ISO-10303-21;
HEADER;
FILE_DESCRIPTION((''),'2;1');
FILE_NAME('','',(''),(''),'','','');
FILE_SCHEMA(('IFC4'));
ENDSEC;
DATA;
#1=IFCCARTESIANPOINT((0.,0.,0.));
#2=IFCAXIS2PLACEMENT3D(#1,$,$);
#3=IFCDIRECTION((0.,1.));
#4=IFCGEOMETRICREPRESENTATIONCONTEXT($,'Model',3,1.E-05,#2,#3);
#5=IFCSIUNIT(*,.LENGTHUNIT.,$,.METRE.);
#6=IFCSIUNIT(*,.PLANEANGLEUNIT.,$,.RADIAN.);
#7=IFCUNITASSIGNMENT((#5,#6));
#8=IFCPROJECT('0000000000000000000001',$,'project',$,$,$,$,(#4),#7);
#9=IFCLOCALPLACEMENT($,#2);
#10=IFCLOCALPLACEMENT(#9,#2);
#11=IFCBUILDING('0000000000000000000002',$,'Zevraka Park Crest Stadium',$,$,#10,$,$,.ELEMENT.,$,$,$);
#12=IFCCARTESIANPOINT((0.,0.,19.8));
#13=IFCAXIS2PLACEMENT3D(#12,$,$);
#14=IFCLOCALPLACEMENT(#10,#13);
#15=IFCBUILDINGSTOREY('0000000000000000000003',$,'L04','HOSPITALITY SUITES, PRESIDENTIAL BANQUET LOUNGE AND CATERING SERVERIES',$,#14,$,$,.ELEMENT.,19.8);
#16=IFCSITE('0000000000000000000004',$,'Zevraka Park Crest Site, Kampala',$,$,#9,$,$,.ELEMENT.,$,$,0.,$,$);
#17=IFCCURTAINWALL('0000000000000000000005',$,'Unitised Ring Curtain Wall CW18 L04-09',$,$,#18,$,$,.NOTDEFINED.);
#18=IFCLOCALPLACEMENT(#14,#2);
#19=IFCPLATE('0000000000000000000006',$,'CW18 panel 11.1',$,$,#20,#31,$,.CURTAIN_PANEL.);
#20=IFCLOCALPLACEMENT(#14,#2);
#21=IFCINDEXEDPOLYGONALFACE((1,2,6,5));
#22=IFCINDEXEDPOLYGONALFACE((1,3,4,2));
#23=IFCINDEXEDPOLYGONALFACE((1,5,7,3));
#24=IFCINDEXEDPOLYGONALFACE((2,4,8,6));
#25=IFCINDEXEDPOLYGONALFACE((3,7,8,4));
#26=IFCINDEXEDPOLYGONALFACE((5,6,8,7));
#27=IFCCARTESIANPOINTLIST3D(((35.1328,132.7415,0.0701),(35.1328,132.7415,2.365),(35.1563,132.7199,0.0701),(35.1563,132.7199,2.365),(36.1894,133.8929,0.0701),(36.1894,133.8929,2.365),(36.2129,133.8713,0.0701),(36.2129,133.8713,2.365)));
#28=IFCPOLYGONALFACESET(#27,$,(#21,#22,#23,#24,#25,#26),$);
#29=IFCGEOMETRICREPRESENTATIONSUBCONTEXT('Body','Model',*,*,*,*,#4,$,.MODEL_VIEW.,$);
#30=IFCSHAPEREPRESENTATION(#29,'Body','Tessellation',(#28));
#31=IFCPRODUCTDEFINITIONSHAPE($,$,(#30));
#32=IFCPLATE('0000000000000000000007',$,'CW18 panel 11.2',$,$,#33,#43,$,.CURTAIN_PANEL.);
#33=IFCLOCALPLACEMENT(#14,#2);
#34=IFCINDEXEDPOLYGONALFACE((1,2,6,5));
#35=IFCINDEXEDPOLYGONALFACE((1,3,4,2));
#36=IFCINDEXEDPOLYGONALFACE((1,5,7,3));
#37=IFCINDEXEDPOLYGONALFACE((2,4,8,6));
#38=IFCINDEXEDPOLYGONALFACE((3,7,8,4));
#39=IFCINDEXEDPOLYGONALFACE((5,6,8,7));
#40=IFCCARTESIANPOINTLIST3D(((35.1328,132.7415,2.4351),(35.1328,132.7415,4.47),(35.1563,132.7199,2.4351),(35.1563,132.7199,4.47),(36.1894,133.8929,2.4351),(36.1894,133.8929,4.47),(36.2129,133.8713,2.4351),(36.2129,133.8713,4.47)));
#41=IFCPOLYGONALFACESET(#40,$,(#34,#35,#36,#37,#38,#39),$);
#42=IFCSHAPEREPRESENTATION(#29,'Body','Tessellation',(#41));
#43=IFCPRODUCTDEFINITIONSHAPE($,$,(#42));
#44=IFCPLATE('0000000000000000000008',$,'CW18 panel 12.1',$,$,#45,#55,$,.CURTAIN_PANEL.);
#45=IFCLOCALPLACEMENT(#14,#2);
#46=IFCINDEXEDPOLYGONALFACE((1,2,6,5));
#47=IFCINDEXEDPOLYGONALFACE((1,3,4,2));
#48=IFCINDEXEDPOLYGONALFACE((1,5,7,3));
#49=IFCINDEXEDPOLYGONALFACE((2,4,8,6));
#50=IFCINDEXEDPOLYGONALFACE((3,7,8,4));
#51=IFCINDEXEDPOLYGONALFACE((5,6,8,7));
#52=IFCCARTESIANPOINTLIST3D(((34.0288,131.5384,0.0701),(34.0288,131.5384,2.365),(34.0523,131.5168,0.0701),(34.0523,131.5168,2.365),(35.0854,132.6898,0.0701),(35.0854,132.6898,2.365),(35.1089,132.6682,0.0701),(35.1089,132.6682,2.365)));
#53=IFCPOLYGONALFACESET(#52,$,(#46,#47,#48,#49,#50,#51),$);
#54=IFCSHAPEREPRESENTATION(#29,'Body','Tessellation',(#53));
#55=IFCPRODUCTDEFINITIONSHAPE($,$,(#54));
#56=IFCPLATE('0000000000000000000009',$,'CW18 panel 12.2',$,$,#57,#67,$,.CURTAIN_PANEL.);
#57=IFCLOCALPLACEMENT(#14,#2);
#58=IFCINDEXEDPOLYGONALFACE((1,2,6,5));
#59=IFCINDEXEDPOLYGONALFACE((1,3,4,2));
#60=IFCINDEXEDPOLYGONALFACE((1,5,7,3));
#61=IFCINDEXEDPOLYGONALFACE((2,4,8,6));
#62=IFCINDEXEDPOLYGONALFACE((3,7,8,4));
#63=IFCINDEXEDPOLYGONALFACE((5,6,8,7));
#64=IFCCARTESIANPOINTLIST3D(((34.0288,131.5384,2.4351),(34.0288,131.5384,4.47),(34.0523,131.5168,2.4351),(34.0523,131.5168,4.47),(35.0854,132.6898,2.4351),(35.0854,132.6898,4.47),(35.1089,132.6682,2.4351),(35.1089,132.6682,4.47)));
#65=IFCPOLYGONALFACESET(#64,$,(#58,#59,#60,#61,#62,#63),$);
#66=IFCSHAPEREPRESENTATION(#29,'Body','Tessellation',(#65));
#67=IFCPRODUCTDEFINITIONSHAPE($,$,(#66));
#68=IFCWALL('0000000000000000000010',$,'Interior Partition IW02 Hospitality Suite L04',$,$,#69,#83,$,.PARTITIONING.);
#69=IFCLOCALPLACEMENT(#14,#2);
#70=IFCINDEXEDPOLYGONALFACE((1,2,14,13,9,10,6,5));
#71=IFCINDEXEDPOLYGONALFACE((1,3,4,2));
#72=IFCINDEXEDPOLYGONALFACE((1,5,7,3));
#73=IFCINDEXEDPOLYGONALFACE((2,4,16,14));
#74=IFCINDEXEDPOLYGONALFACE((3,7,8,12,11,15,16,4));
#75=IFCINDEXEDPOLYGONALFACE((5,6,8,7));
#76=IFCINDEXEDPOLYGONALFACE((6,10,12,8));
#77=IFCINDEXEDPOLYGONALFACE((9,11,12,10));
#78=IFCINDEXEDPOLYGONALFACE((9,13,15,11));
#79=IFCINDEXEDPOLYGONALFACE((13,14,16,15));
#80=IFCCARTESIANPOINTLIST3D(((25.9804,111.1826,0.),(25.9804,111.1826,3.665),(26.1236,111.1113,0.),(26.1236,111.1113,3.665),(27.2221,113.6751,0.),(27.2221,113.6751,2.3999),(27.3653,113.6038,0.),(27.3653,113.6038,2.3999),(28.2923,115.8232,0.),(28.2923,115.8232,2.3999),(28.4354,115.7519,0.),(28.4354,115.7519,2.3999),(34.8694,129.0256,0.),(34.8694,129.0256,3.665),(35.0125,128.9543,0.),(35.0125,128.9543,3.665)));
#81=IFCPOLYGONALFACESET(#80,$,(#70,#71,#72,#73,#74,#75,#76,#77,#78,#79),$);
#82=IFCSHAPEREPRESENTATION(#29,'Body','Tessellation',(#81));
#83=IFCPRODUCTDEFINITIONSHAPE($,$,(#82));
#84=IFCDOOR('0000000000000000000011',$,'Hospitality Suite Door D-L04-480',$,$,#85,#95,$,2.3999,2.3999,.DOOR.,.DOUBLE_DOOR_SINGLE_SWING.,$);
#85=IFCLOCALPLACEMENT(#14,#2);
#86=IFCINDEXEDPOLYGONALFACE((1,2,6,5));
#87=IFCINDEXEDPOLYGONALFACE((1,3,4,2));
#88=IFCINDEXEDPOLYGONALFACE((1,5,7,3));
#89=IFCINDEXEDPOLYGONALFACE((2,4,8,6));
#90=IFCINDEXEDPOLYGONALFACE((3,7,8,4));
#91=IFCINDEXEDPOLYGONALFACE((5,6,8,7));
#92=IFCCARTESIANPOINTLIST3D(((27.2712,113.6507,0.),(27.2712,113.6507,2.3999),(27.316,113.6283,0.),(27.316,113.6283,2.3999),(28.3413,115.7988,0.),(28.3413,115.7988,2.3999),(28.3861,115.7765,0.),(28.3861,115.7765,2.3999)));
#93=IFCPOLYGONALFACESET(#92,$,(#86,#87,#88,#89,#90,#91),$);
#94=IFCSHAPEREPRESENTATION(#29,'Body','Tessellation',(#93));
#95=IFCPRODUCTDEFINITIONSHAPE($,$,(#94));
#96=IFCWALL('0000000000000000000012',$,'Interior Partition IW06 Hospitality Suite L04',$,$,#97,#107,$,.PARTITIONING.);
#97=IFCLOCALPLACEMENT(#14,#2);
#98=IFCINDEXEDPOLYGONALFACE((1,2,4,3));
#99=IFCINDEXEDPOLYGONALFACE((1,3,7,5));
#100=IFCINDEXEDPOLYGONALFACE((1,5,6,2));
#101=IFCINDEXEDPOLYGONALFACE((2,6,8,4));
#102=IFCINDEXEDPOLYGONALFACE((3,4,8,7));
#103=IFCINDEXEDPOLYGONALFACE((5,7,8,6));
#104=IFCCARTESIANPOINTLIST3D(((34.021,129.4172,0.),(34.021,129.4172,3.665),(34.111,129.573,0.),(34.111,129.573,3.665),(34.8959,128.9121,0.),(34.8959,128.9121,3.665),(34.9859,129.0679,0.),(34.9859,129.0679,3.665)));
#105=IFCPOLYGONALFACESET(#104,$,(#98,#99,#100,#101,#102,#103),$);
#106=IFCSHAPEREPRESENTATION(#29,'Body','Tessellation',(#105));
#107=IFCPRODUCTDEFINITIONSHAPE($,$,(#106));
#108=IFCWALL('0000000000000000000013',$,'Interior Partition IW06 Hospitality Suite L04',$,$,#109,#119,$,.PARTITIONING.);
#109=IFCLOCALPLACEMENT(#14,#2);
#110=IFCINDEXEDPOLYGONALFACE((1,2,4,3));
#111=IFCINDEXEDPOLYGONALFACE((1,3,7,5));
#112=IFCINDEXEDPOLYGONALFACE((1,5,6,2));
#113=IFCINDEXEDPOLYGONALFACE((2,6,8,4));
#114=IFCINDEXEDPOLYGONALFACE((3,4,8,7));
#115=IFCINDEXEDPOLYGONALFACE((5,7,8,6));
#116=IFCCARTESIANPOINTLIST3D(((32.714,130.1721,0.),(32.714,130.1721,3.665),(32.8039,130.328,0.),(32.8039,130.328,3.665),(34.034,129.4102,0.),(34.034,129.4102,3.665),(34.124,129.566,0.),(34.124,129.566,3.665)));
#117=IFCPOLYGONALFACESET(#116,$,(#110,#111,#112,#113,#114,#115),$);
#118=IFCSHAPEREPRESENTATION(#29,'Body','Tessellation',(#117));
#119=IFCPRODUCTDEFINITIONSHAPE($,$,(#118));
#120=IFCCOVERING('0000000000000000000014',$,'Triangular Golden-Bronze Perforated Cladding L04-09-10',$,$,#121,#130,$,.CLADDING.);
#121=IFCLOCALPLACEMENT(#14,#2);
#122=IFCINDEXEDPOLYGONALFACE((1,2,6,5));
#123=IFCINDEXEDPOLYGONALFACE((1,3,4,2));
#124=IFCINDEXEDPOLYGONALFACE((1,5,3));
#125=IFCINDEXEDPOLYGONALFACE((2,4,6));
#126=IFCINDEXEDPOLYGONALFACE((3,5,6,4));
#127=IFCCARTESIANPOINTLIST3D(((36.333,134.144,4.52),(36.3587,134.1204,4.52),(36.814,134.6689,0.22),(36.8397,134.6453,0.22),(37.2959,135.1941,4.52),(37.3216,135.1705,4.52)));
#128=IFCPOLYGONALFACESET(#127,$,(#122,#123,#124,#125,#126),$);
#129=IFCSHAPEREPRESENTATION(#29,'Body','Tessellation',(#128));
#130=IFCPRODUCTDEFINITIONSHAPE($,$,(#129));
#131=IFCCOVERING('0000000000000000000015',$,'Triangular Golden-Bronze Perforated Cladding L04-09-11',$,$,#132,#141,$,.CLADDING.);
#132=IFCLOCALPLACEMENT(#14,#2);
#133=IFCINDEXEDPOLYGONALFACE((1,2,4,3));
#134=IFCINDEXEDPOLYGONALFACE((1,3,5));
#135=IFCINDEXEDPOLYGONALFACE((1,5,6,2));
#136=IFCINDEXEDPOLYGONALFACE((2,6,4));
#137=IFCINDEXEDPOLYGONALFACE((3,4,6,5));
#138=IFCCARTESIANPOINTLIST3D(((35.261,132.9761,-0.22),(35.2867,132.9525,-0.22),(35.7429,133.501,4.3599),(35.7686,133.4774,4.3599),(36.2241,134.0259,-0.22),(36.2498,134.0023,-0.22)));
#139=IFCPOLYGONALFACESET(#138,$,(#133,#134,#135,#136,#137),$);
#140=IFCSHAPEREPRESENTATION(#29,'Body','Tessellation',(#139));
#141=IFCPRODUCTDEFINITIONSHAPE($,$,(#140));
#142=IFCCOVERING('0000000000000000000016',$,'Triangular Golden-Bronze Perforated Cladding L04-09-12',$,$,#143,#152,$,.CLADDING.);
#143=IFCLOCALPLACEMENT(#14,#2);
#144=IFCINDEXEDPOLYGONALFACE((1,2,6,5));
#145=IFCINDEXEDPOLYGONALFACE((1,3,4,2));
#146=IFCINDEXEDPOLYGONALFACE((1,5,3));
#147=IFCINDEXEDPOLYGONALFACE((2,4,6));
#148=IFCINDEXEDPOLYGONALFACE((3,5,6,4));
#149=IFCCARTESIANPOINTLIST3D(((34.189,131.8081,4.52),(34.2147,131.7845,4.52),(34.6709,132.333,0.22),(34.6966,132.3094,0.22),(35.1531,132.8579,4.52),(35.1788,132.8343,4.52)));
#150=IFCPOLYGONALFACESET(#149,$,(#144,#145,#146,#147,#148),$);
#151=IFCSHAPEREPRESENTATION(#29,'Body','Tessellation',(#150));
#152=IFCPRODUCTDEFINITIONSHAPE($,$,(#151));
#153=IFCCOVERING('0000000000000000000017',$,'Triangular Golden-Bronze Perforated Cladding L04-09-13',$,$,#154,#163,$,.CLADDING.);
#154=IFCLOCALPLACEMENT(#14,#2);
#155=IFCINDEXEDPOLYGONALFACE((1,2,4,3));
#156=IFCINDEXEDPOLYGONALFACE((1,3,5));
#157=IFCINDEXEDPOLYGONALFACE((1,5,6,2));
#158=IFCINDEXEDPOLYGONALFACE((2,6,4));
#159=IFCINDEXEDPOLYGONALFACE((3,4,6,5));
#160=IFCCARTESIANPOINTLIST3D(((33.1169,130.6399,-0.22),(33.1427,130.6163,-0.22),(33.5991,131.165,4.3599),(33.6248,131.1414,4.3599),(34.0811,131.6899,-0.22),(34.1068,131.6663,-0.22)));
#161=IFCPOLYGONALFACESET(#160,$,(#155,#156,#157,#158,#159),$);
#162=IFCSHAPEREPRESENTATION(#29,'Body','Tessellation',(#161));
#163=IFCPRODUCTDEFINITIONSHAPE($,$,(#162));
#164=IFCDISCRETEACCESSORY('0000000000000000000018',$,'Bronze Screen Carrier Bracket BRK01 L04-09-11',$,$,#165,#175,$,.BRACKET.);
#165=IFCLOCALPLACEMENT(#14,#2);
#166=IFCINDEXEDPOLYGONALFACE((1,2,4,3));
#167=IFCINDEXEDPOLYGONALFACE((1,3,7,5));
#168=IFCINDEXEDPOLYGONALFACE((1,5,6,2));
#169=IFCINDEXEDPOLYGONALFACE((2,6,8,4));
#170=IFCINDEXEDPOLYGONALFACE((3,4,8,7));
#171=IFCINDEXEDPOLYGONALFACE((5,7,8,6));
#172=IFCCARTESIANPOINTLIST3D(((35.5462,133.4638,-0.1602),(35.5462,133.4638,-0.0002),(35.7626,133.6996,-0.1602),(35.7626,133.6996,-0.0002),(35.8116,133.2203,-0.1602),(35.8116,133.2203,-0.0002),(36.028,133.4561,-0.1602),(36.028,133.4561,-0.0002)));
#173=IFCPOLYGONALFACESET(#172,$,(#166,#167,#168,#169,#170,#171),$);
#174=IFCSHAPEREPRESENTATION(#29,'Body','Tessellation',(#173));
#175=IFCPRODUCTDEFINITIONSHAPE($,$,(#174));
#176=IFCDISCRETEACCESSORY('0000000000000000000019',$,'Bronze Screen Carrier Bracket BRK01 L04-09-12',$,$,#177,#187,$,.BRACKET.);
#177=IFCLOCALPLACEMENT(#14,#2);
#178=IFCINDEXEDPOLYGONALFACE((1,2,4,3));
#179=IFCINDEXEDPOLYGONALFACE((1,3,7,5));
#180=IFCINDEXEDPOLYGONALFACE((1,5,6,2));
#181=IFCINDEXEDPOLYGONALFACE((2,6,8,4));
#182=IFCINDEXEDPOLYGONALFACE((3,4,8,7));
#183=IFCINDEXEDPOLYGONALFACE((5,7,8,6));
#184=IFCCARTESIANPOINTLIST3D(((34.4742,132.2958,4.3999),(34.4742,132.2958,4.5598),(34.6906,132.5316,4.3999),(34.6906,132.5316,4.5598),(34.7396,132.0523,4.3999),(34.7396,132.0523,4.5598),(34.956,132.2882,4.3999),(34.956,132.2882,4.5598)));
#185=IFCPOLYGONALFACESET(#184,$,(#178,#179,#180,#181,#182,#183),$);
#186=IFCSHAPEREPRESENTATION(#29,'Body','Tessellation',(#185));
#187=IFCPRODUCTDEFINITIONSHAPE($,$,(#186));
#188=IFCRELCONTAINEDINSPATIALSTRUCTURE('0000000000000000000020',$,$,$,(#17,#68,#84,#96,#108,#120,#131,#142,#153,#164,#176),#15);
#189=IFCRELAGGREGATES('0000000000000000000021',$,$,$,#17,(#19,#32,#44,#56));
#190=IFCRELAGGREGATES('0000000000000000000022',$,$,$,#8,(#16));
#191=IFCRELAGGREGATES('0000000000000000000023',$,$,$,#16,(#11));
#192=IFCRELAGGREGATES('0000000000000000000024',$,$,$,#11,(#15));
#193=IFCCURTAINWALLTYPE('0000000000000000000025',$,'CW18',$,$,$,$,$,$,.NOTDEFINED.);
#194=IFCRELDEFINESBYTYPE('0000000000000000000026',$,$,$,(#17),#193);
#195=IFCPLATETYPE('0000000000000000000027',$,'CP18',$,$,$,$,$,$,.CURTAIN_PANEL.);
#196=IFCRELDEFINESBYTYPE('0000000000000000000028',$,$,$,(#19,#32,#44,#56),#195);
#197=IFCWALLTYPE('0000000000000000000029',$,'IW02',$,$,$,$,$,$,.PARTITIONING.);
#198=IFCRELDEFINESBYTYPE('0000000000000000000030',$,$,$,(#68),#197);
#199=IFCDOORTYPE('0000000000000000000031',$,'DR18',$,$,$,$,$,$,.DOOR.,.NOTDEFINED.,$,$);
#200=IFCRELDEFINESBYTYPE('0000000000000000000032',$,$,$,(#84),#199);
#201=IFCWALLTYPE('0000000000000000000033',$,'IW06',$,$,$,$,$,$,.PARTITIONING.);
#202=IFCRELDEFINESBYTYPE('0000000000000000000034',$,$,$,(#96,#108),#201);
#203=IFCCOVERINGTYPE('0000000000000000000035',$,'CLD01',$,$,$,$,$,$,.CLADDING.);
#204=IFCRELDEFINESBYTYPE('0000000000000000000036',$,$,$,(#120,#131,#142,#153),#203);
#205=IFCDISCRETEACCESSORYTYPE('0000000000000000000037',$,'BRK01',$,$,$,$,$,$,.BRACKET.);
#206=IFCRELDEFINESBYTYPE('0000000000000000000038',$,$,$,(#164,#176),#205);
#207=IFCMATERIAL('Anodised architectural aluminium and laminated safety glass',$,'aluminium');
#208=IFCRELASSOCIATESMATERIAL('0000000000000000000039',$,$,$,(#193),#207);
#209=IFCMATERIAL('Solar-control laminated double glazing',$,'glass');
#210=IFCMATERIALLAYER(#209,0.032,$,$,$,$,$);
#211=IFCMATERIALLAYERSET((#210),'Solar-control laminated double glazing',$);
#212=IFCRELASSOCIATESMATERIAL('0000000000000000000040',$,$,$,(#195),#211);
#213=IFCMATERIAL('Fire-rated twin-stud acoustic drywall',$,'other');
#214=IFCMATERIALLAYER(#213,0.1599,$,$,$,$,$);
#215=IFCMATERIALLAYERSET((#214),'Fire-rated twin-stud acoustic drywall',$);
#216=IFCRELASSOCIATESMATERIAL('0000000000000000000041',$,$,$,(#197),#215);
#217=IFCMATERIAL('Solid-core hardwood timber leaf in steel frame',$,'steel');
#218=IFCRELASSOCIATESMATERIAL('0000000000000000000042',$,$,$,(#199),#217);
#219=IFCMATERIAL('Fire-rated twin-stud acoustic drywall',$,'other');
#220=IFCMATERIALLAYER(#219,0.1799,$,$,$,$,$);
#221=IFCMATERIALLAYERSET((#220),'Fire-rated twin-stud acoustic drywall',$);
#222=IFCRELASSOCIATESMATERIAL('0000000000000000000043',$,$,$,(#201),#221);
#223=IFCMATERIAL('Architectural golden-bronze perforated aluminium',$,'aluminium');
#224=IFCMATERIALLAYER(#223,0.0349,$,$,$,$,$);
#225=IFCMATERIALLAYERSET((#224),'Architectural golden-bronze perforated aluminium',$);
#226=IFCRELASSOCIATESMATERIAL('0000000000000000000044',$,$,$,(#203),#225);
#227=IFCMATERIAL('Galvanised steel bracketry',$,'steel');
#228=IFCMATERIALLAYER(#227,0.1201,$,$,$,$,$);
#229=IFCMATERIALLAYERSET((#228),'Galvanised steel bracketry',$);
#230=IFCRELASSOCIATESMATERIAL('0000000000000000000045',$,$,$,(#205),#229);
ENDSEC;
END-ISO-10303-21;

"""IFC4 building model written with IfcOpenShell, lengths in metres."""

from ifc_helpers import new_model, si_unit, direction, frame, frame_2d, origin, origin_2d, place, context, subcontext, project, spatial, polyline, rectangle, outline, extrude, material, layer, layer_set, type_object, element, fill, aggregate, save


model = new_model("IFC4")

# Units and contexts
model_context = context("Model", 3, precision=1e-05, world=origin(), true_north=direction((0.0, 1.0)))
body_context = subcontext(model_context, "Body", "Model", "MODEL_VIEW")
ifc_project = project(units=[si_unit("LENGTHUNIT", "METRE"), si_unit("PLANEANGLEUNIT", "RADIAN")], contexts=[model_context])

# Site, building, storey
site_placement = place(None, origin())
site = spatial("IfcSite", under=ifc_project, at=site_placement, Name="Zevraka Park Crest Site, Kampala", CompositionType="ELEMENT", RefElevation=0.0)
building_placement = place(site_placement, origin())
building = spatial("IfcBuilding", under=site, at=building_placement, Name="Zevraka Park Crest Stadium", CompositionType="ELEMENT")
storey_placement = place(building_placement, frame((0.0, 0.0, 19.8)))
storey = spatial("IfcBuildingStorey", under=building, at=storey_placement, Name="L04", Description="HOSPITALITY SUITES, PRESIDENTIAL BANQUET LOUNGE AND CATERING SERVERIES", CompositionType="ELEMENT", Elevation=19.8)

# Curtain wall, plates
ifc_material_1 = material(Name="Anodised architectural aluminium and laminated safety glass", Category="aluminium")
curtain_wall_type = type_object("IfcCurtainWallType", Name="CW18", PredefinedType="NOTDEFINED", material=ifc_material_1)
curtain_wall_placement = place(storey_placement, origin())
curtain_wall = element("IfcCurtainWall", 1, at=curtain_wall_placement, inside=storey, type_object=curtain_wall_type, Name="Unitised Ring Curtain Wall CW18 L04-09", PredefinedType="NOTDEFINED")
ifc_material_2 = material(Name="Solar-control laminated double glazing", Category="glass")
ifc_layer_1 = layer(ifc_material_2, 0.032)
ifc_layer_set_1 = layer_set([ifc_layer_1], Name="Solar-control laminated double glazing")
plate_type = type_object("IfcPlateType", Name="CP18", PredefinedType="CURTAIN_PANEL", material=ifc_layer_set_1)
plate_1_placement = place(storey_placement, frame((35.6729, 133.3064, 0.0701), z_axis=(0.0, 0.0, 1.0), x_axis=(-0.676138, -0.736775, 0.0)))
plate_1 = element("IfcPlate", 2, at=plate_1_placement, type_object=plate_type, Name="CW18 panel 11.1", PredefinedType="CURTAIN_PANEL", context=body_context, shape_type="SweptSolid", body=[
    extrude(rectangle(XDim=1.5627, YDim=0.032, at=origin_2d()), origin(), (0.0, 0.0, 1.0), 2.2949),
])
plate_2_placement = place(storey_placement, frame((35.6729, 133.3064, 2.4351), z_axis=(0.0, 0.0, 1.0), x_axis=(-0.676138, -0.736775, 0.0)))
plate_2 = element("IfcPlate", 3, at=plate_2_placement, type_object=plate_type, Name="CW18 panel 11.2", PredefinedType="CURTAIN_PANEL", context=body_context, shape_type="SweptSolid", body=[
    extrude(rectangle(XDim=1.5627, YDim=0.032, at=origin_2d()), origin(), (0.0, 0.0, 1.0), 2.0349),
])
plate_3_placement = place(storey_placement, frame((34.5688, 132.1033, 0.0701), z_axis=(0.0, 0.0, 1.0), x_axis=(-0.676138, -0.736775, 0.0)))
plate_3 = element("IfcPlate", 4, at=plate_3_placement, type_object=plate_type, Name="CW18 panel 12.1", PredefinedType="CURTAIN_PANEL", context=body_context, shape_type="SweptSolid", body=[
    extrude(rectangle(XDim=1.5627, YDim=0.032, at=origin_2d()), origin(), (0.0, 0.0, 1.0), 2.2949),
])
plate_4_placement = place(storey_placement, frame((34.5688, 132.1033, 2.4351), z_axis=(0.0, 0.0, 1.0), x_axis=(-0.676138, -0.736775, 0.0)))
plate_4 = element("IfcPlate", 5, at=plate_4_placement, type_object=plate_type, Name="CW18 panel 12.2", PredefinedType="CURTAIN_PANEL", context=body_context, shape_type="SweptSolid", body=[
    extrude(rectangle(XDim=1.5627, YDim=0.032, at=origin_2d()), origin(), (0.0, 0.0, 1.0), 2.0349),
])
aggregate(curtain_wall, [plate_1, plate_2, plate_3, plate_4])

# Wall, opening, door
ifc_material_3 = material(Name="Fire-rated twin-stud acoustic drywall", Category="other")
ifc_layer_2 = layer(ifc_material_3, 0.1599)
ifc_layer_set_2 = layer_set([ifc_layer_2], Name="Fire-rated twin-stud acoustic drywall")
wall_type_1 = type_object("IfcWallType", Name="IW02", PredefinedType="PARTITIONING", material=ifc_layer_set_2)
wall_1_placement = place(storey_placement, frame((34.9409, 128.99, 0.0), z_axis=(0.0, 0.0, 1.0), x_axis=(-0.445905, -0.89508, 0.0)))
wall_1 = element("IfcWall", 6, at=wall_1_placement, inside=storey, type_object=wall_type_1, Name="Interior Partition IW02 Hospitality Suite L04", PredefinedType="PARTITIONING", context=body_context, shape_type="SweptSolid", body=[
    extrude(rectangle(XDim=19.9346, YDim=0.1599, at=frame_2d((9.9673, 0.0))), origin(), (0.0, 0.0, 1.0), 3.665),
])
opening_placement = place(wall_1_placement, frame((14.75, 0.0, 0.0)))
opening = element("IfcOpeningElement", 7, at=opening_placement, cuts=wall_1, PredefinedType="OPENING", context=body_context, shape_type="SweptSolid", body=[
    extrude(rectangle(XDim=2.3999, YDim=2.3999, at=frame_2d((1.2, 1.2))), frame((0.0, 0.0898, 0.0), z_axis=(0.0, -1.0, 0.0), x_axis=(1.0, 0.0, 0.0)), (0.0, 0.0, 1.0), 0.1799),
])
ifc_material_4 = material(Name="Solid-core hardwood timber leaf in steel frame", Category="steel")
door_type = type_object("IfcDoorType", Name="DR18", OperationType="NOTDEFINED", PredefinedType="DOOR", material=ifc_material_4)
door_placement = place(opening_placement, origin())
door = element("IfcDoor", 8, at=door_placement, inside=storey, type_object=door_type, Name="Hospitality Suite Door D-L04-480", OperationType="DOUBLE_DOOR_SINGLE_SWING", OverallHeight=2.3999, OverallWidth=2.3999, PredefinedType="DOOR", context=body_context, shape_type="SweptSolid", body=[
    extrude(rectangle(XDim=2.3999, YDim=2.3999, at=frame_2d((1.2, 1.2))), frame((0.0, 0.0249, 0.0), z_axis=(0.0, -1.0, 0.0), x_axis=(1.0, 0.0, 0.0)), (0.0, 0.0, 1.0), 0.05),
])
fill(opening, door)

# Walls
ifc_material_5 = material(Name="Fire-rated twin-stud acoustic drywall", Category="other")
ifc_layer_3 = layer(ifc_material_5, 0.1799)
ifc_layer_set_3 = layer_set([ifc_layer_3], Name="Fire-rated twin-stud acoustic drywall")
wall_type_2 = type_object("IfcWallType", Name="IW06", PredefinedType="PARTITIONING", material=ifc_layer_set_3)
wall_2_placement = place(storey_placement, frame((34.9409, 128.99, 0.0), z_axis=(0.0, 0.0, 1.0), x_axis=(-0.866049, 0.49996, 0.0)))
element("IfcWall", 9, at=wall_2_placement, inside=storey, type_object=wall_type_2, Name="Interior Partition IW06 Hospitality Suite L04", PredefinedType="PARTITIONING", context=body_context, shape_type="SweptSolid", body=[
    extrude(rectangle(XDim=1.0103, YDim=0.1799, at=frame_2d((0.5051, 0.0))), origin(), (0.0, 0.0, 1.0), 3.665),
])
wall_3_placement = place(storey_placement, frame((34.0791, 129.488, 0.0), z_axis=(0.0, 0.0, 1.0), x_axis=(-0.866076, 0.499912, 0.0)))
element("IfcWall", 10, at=wall_3_placement, inside=storey, type_object=wall_type_2, Name="Interior Partition IW06 Hospitality Suite L04", PredefinedType="PARTITIONING", context=body_context, shape_type="SweptSolid", body=[
    extrude(rectangle(XDim=1.5242, YDim=0.1799, at=frame_2d((0.7622, 0.0))), origin(), (0.0, 0.0, 1.0), 3.665),
])

# Coverings
ifc_material_6 = material(Name="Architectural golden-bronze perforated aluminium", Category="aluminium")
ifc_layer_4 = layer(ifc_material_6, 0.0349)
ifc_layer_set_4 = layer_set([ifc_layer_4], Name="Architectural golden-bronze perforated aluminium")
covering_type = type_object("IfcCoveringType", Name="CLD01", PredefinedType="CLADDING", material=ifc_layer_set_4)
covering_1_placement = place(storey_placement, frame((36.333, 134.144, 4.52), z_axis=(-0.737033, 0.675857, 0.000065), x_axis=(0.675857, 0.737033, 0.0)))
element("IfcCovering", 11, at=covering_1_placement, inside=storey, type_object=covering_type, Name="Triangular Golden-Bronze Perforated Cladding L04-09-10", PredefinedType="CLADDING", context=body_context, shape_type="SweptSolid", body=[
    extrude(outline(polyline([(0.0, 0.0), (1.4247, 0.0), (0.7119, 4.3), (0.0, 0.0)])), origin(), (0.0, 0.0, -1.0), 0.0349),
])
covering_2_placement = place(storey_placement, frame((36.2241, 134.0259, -0.22), z_axis=(-0.73687, 0.676035, 0.000059), x_axis=(-0.676035, -0.73687, 0.0)))
element("IfcCovering", 12, at=covering_2_placement, inside=storey, type_object=covering_type, Name="Triangular Golden-Bronze Perforated Cladding L04-09-11", PredefinedType="CLADDING", context=body_context, shape_type="SweptSolid", body=[
    extrude(outline(polyline([(0.0, 0.0), (1.4247, 0.0), (0.7121, 4.5798), (0.0, 0.0)])), origin(), (0.0, 0.0, -1.0), 0.0349),
])
covering_3_placement = place(storey_placement, frame((34.189, 131.8081, 4.52), z_axis=(-0.736528, 0.676407, 0.000021), x_axis=(0.676407, 0.736528, 0.0)))
element("IfcCovering", 13, at=covering_3_placement, inside=storey, type_object=covering_type, Name="Triangular Golden-Bronze Perforated Cladding L04-09-12", PredefinedType="CLADDING", context=body_context, shape_type="SweptSolid", body=[
    extrude(outline(polyline([(0.0, 0.0), (1.4253, 0.0), (0.7126, 4.3), (0.0, 0.0)])), origin(), (0.0, 0.0, -1.0), 0.0349),
])
covering_4_placement = place(storey_placement, frame((34.0811, 131.6899, -0.22), z_axis=(-0.736606, 0.676322, 0.000002), x_axis=(-0.676322, -0.736606, 0.0)))
element("IfcCovering", 14, at=covering_4_placement, inside=storey, type_object=covering_type, Name="Triangular Golden-Bronze Perforated Cladding L04-09-13", PredefinedType="CLADDING", context=body_context, shape_type="SweptSolid", body=[
    extrude(outline(polyline([(0.0, 0.0), (1.4255, 0.0), (0.7126, 4.5798), (0.0, 0.0)])), origin(), (0.0, 0.0, -1.0), 0.0349),
])

# Discrete accessories
ifc_material_7 = material(Name="Galvanised steel bracketry", Category="steel")
ifc_layer_5 = layer(ifc_material_7, 0.1201)
ifc_layer_set_5 = layer_set([ifc_layer_5], Name="Galvanised steel bracketry")
discrete_accessory_type = type_object("IfcDiscreteAccessoryType", Name="BRK01", PredefinedType="BRACKET", material=ifc_layer_set_5)
for number, where, z_axis, x_axis, name in (
    (15, (35.7871, 133.46, -0.1602), (0.0, 0.0, 1.0), (-0.676105, -0.736806, 0.0), "Bronze Screen Carrier Bracket BRK01 L04-09-11"),
    (16, (34.7151, 132.292, 4.3999), (0.0, 0.0, 1.0), (-0.676105, -0.736806, 0.0), "Bronze Screen Carrier Bracket BRK01 L04-09-12"),
):
    element("IfcDiscreteAccessory", number, at=place(storey_placement, frame(where, z_axis=z_axis, x_axis=x_axis)), inside=storey, type_object=discrete_accessory_type, Name=name, PredefinedType="BRACKET", context=body_context, shape_type="SweptSolid", body=[
        extrude(rectangle(XDim=0.3201, YDim=0.3601, at=origin_2d()), origin(), (0.0, 0.0, 1.0), 0.1599),
    ])

save(model, "model.ifc")
